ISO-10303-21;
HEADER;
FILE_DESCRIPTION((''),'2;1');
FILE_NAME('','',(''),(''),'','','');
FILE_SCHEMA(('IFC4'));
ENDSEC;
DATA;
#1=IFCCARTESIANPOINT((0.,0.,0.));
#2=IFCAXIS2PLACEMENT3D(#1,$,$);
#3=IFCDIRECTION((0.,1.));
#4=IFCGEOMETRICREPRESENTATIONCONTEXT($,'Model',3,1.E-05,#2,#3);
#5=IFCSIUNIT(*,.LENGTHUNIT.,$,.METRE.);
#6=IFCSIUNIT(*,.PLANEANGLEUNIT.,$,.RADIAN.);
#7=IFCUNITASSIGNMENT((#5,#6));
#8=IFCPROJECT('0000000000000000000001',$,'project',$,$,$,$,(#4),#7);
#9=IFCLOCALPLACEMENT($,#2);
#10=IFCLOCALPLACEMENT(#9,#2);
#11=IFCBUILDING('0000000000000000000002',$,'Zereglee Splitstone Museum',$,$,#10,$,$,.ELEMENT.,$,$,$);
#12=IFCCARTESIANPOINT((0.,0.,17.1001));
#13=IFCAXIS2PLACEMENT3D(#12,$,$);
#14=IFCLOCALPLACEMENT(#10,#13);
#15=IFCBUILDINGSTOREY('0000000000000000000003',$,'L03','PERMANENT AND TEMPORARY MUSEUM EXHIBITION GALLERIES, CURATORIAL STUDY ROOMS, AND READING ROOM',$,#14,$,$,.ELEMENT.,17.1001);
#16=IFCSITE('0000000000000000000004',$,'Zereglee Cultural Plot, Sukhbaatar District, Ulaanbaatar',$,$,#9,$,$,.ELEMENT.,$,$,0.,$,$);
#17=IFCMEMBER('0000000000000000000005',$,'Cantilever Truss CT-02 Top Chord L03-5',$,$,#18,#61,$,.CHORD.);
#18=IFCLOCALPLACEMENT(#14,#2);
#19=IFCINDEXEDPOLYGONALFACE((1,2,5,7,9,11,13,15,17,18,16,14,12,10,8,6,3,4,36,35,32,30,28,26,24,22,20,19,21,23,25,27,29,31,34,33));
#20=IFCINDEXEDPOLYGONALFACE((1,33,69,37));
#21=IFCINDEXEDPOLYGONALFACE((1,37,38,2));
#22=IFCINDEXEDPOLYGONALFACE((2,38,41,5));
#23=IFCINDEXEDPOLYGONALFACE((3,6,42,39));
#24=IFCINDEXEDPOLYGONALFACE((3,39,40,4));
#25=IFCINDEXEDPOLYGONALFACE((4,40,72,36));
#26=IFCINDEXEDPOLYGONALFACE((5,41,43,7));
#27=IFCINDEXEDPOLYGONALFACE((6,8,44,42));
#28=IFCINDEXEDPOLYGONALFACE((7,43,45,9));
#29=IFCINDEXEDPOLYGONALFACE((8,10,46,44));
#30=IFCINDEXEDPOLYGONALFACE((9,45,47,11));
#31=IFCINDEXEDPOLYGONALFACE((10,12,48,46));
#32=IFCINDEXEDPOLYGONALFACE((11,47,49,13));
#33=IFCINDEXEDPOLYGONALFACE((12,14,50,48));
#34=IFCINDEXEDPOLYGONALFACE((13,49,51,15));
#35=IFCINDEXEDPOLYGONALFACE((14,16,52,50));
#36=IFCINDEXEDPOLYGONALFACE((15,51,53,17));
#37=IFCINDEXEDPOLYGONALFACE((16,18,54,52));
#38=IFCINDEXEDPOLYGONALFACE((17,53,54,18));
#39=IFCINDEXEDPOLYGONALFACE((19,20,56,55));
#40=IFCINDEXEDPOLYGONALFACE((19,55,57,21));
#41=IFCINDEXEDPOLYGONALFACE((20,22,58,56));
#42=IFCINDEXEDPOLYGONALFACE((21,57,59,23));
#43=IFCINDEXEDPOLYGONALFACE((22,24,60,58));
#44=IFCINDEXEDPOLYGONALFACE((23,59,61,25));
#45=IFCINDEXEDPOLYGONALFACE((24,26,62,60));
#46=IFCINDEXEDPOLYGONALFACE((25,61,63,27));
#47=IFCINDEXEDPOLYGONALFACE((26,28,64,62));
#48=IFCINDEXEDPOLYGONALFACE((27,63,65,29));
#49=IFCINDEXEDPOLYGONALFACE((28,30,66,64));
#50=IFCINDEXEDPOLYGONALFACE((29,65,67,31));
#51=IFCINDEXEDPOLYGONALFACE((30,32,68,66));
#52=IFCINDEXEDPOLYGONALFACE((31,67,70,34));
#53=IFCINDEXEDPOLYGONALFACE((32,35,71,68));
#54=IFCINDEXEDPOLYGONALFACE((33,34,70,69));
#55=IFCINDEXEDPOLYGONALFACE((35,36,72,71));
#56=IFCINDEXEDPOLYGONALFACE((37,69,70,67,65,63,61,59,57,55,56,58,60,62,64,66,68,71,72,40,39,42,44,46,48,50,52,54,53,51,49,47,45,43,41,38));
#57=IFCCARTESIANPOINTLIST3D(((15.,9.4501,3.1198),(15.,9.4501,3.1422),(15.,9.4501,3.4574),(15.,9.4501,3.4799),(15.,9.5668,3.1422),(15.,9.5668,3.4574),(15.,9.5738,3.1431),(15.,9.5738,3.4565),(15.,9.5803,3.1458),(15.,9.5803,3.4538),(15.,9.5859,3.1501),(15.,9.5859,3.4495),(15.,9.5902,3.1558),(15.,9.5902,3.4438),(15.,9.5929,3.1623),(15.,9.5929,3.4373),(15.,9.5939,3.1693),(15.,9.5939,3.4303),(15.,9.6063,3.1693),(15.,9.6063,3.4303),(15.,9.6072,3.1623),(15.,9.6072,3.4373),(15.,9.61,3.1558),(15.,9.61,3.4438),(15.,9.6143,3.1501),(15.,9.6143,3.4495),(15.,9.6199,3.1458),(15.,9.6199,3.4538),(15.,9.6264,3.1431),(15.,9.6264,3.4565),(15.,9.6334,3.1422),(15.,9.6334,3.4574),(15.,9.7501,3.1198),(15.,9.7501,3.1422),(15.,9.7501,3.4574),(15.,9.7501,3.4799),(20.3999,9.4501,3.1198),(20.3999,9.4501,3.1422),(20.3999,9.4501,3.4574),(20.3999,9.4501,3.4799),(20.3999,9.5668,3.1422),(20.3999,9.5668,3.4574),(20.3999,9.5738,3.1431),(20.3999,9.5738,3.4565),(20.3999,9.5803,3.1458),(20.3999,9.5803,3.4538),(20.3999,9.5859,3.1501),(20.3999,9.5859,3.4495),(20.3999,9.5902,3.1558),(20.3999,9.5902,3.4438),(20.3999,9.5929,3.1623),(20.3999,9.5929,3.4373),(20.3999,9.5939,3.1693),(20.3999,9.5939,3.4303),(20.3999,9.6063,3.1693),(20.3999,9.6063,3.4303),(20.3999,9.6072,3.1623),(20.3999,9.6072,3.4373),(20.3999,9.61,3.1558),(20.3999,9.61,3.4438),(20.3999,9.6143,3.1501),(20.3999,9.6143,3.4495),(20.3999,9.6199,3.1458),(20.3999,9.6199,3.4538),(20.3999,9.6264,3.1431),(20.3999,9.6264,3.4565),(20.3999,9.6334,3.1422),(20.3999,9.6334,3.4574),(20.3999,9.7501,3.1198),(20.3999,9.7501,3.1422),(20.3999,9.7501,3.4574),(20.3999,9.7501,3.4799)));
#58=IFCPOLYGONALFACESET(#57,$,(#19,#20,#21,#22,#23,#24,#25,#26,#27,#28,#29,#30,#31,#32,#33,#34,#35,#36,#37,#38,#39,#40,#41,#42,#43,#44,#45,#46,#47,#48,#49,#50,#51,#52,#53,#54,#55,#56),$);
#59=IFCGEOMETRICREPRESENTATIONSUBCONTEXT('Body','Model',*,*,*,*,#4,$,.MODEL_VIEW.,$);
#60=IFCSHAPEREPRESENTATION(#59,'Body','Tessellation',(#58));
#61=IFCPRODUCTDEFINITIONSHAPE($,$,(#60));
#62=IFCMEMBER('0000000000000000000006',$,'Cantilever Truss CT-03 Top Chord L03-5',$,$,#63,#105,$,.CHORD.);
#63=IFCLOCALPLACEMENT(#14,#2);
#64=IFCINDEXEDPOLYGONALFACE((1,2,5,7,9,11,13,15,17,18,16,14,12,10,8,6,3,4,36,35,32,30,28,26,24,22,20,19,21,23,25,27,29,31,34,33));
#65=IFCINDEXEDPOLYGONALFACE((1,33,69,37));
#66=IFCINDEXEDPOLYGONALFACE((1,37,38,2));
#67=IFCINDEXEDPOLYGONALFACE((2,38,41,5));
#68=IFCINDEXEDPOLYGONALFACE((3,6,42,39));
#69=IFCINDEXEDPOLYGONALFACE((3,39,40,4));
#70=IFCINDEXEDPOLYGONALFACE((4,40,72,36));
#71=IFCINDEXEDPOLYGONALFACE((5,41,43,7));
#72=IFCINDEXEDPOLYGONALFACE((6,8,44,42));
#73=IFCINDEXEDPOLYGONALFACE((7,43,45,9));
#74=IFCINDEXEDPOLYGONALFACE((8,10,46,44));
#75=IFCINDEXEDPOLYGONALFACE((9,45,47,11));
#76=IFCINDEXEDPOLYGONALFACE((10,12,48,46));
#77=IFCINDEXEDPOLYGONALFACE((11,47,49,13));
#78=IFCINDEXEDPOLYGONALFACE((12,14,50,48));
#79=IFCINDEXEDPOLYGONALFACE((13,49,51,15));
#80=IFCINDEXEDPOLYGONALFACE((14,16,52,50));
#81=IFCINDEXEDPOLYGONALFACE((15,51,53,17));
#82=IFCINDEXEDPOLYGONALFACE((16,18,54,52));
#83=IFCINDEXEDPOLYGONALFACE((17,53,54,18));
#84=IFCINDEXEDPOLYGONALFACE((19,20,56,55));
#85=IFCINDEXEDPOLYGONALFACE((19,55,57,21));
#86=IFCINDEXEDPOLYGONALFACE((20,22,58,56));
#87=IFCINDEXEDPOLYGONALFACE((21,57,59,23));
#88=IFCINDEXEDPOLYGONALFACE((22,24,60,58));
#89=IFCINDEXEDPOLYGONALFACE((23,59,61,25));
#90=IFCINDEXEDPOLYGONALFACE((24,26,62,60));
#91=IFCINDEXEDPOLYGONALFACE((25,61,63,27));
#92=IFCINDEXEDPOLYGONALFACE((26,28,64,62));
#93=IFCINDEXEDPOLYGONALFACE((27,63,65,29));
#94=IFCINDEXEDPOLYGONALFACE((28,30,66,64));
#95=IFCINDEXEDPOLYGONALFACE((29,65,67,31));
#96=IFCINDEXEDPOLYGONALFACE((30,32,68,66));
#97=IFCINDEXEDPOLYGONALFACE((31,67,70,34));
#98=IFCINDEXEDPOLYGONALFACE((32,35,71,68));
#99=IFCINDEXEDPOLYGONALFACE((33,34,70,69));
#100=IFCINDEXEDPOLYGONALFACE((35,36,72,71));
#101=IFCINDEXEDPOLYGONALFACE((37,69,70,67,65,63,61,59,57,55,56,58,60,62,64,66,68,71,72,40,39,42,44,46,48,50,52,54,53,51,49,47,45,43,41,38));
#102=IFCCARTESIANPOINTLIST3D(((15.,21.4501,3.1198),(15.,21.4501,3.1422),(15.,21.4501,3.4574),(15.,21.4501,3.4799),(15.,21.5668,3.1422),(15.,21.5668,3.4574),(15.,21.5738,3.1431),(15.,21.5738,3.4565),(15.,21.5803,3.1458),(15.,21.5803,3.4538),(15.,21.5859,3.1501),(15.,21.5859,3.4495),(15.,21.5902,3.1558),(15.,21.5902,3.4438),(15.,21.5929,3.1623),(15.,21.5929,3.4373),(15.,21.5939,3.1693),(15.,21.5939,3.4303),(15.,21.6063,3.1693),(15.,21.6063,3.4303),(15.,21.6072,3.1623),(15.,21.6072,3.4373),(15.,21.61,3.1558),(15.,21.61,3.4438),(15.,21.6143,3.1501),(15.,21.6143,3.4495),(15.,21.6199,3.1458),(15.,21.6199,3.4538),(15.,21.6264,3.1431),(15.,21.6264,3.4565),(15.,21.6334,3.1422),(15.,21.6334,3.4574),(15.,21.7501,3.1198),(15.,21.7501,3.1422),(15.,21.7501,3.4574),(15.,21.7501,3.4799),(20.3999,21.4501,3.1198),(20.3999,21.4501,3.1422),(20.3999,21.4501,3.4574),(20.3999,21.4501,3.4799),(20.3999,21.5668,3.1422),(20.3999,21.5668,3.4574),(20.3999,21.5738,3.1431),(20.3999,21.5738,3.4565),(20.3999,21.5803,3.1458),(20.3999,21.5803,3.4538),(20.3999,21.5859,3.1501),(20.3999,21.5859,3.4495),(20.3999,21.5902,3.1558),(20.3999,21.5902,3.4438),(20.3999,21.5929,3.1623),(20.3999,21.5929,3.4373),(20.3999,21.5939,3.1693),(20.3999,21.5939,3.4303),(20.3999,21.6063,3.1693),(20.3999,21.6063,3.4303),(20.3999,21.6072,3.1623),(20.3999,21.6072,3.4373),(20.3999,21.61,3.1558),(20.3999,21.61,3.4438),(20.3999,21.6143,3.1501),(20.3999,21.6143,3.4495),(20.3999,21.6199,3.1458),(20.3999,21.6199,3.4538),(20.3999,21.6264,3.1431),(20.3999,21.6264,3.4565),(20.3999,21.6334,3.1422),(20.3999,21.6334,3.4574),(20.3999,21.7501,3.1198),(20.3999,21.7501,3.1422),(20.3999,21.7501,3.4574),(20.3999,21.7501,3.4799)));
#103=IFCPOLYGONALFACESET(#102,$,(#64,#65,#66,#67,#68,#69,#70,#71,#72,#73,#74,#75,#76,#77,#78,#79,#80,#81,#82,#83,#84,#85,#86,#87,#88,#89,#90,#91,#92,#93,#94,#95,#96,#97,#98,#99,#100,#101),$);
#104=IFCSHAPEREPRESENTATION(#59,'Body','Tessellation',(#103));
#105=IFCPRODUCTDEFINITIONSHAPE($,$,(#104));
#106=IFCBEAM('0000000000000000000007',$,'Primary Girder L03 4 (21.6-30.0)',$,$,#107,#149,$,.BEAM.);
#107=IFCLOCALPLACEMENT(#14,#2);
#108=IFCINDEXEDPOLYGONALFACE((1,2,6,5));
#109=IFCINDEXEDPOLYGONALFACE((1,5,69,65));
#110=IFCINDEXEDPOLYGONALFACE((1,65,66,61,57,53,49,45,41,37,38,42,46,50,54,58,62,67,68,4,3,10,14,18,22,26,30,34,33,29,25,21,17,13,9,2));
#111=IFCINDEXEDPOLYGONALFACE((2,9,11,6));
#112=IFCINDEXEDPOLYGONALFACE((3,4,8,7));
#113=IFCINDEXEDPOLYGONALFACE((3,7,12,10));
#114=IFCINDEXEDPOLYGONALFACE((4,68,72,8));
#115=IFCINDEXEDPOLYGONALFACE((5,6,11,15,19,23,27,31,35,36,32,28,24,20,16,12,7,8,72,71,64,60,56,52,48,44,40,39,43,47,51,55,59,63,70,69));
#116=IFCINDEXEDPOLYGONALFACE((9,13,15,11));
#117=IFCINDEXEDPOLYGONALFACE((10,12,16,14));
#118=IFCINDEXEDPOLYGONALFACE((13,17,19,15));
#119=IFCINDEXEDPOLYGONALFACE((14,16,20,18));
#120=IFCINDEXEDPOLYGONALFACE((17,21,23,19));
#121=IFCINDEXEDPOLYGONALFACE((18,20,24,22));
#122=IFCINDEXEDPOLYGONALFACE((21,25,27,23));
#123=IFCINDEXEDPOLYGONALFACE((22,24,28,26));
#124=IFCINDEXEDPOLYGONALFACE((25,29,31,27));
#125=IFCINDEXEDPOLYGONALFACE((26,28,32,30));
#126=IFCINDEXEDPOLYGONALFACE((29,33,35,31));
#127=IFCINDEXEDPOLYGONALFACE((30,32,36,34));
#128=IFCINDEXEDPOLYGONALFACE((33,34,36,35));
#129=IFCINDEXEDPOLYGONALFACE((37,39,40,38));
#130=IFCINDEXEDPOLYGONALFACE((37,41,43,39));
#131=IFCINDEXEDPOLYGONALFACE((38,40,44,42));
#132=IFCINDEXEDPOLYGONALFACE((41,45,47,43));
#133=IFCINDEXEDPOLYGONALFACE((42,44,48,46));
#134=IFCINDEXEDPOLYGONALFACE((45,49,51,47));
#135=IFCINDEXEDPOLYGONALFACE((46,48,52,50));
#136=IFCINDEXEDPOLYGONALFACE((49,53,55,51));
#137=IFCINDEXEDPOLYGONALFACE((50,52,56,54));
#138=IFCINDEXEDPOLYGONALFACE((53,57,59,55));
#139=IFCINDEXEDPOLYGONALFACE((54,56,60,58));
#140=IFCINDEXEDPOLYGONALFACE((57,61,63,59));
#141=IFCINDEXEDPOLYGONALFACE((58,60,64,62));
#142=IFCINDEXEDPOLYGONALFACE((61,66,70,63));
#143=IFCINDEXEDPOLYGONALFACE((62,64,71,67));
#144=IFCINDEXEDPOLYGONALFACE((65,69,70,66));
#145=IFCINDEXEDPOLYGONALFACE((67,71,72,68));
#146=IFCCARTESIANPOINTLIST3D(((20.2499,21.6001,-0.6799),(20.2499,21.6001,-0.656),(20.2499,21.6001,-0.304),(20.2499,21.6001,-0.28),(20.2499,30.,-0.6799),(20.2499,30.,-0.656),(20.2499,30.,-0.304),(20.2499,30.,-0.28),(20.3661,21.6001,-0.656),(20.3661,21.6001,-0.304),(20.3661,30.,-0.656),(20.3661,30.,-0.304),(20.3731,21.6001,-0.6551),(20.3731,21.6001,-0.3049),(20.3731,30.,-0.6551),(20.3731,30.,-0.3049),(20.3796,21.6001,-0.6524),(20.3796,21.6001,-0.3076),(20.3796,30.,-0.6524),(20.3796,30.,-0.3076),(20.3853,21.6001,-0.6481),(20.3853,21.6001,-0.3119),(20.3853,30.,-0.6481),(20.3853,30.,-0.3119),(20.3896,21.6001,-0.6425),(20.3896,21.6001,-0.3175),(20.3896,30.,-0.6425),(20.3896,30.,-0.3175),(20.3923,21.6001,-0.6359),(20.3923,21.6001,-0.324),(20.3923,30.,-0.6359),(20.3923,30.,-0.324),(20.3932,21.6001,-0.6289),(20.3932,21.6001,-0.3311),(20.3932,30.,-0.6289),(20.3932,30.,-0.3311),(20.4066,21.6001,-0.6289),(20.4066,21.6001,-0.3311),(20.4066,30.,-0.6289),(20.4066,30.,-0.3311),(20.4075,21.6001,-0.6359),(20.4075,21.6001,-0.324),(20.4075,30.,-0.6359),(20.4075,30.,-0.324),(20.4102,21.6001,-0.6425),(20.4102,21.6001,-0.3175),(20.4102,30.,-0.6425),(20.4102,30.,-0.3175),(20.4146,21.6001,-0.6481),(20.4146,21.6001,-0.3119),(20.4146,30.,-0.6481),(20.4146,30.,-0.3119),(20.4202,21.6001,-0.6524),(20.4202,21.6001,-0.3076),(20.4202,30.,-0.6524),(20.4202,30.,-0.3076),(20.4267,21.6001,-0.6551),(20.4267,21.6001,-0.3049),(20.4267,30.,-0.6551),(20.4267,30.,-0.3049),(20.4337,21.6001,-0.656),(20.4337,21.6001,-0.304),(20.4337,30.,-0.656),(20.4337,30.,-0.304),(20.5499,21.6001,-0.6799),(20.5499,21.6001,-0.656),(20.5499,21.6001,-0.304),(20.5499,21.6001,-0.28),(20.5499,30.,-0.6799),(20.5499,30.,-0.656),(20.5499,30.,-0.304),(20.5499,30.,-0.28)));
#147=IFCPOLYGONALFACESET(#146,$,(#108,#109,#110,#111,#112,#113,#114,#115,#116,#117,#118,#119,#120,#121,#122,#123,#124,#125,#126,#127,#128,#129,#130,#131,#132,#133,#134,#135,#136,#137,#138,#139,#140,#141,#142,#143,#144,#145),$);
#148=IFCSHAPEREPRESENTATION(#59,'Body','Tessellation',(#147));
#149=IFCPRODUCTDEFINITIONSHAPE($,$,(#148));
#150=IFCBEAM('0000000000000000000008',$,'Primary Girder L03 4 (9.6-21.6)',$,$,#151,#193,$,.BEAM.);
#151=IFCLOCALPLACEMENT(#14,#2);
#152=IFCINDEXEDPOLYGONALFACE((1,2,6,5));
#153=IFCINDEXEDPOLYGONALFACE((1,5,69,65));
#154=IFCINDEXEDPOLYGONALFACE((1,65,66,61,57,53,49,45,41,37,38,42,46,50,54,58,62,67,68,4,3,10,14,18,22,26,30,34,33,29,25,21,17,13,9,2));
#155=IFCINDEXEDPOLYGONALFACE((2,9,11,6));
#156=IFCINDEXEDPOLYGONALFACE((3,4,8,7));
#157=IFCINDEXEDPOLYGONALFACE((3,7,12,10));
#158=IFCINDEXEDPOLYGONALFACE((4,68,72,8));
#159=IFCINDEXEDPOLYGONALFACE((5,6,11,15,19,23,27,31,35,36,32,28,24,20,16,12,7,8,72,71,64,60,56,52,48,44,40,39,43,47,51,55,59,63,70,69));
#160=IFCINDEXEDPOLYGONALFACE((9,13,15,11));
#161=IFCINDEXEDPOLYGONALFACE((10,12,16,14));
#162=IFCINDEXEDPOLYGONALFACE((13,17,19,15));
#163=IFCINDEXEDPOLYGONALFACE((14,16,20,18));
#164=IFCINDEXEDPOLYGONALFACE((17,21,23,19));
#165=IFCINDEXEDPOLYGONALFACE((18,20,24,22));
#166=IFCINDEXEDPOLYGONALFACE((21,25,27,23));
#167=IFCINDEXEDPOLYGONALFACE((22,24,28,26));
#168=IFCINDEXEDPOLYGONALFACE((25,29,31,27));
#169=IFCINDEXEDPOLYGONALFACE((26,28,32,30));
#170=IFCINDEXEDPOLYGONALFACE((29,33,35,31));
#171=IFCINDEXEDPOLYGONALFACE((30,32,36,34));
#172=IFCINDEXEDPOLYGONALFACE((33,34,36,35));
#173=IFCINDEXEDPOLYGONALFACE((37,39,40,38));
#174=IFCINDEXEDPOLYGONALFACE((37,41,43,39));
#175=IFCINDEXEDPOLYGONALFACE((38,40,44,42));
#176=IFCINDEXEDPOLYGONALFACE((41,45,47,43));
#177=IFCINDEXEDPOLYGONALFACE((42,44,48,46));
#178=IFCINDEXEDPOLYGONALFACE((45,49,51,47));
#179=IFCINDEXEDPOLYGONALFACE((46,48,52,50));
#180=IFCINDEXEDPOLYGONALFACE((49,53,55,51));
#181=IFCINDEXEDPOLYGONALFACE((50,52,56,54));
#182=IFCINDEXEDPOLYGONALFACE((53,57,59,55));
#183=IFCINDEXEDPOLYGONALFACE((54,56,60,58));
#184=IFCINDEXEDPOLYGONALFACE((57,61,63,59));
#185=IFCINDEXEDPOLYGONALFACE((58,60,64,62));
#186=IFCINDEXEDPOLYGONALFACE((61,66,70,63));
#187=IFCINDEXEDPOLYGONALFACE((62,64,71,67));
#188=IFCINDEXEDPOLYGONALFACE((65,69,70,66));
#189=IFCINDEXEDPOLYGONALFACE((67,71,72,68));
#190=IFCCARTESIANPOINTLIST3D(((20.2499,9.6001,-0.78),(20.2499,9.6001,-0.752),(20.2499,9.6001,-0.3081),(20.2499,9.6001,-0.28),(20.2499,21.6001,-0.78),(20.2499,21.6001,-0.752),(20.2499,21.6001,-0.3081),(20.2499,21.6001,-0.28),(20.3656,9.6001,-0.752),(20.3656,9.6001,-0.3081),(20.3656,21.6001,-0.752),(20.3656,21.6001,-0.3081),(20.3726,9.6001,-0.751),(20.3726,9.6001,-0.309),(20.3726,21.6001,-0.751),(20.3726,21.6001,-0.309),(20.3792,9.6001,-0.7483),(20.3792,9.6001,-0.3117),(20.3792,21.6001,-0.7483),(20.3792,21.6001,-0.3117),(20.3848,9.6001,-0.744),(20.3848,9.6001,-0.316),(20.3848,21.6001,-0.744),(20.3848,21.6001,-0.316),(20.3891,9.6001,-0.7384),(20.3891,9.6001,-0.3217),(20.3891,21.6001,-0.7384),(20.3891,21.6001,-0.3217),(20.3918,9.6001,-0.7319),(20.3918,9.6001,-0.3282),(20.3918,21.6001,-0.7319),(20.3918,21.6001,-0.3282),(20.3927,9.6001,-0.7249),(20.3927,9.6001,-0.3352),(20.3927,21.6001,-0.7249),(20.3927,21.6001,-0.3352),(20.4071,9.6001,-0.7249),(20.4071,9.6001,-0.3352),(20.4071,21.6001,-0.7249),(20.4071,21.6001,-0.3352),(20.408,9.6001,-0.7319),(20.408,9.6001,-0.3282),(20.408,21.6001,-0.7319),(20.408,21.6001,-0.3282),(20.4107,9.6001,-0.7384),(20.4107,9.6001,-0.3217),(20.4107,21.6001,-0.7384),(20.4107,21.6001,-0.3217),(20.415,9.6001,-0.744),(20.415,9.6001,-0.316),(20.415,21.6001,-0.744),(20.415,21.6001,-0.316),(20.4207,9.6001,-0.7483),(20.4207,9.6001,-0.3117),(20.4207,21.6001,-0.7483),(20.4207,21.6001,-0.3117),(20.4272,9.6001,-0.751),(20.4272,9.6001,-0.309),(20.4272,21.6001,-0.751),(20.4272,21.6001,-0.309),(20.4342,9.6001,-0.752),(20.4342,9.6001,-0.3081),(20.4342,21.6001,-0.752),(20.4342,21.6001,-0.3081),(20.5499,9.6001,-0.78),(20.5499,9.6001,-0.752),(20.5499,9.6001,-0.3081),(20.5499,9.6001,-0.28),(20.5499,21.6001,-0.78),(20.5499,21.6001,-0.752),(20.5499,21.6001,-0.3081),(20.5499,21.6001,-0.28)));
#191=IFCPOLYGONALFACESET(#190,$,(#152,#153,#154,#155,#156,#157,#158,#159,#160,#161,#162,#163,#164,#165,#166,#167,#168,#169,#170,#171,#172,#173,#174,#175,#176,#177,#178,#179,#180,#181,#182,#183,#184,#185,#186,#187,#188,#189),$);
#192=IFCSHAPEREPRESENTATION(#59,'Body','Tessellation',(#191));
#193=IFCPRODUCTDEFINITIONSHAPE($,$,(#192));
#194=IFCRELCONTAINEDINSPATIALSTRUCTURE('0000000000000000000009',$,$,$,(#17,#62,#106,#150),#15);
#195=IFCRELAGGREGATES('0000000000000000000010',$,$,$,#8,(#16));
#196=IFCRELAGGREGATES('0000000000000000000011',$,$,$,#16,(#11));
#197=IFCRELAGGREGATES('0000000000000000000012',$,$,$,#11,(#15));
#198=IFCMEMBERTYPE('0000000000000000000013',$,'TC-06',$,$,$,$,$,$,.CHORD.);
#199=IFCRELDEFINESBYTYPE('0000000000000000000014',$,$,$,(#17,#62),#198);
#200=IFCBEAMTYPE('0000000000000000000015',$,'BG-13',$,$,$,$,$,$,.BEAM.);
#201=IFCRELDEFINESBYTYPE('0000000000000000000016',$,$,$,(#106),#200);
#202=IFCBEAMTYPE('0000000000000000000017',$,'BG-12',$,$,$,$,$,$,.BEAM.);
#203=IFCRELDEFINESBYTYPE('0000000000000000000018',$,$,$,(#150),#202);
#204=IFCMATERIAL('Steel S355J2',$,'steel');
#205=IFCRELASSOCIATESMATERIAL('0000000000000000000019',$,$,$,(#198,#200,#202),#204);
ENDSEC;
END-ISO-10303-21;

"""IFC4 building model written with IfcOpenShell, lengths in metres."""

from ifc_helpers import new_model, si_unit, direction, frame, origin, origin_2d, place, context, subcontext, project, spatial, i_section, extrude, material, material_profile, profile_set, type_object, element, save


model = new_model("IFC4")

# Units and contexts
model_context = context("Model", 3, precision=1e-05, world=origin(), true_north=direction((0.0, 1.0)))
body_context = subcontext(model_context, "Body", "Model", "MODEL_VIEW")
ifc_project = project(units=[si_unit("LENGTHUNIT", "METRE"), si_unit("PLANEANGLEUNIT", "RADIAN")], contexts=[model_context])

# Site, building, storey
site_placement = place(None, origin())
site = spatial("IfcSite", under=ifc_project, at=site_placement, Name="Zereglee Cultural Plot, Sukhbaatar District, Ulaanbaatar", CompositionType="ELEMENT", RefElevation=0.0)
building_placement = place(site_placement, origin())
building = spatial("IfcBuilding", under=site, at=building_placement, Name="Zereglee Splitstone Museum", CompositionType="ELEMENT")
storey_placement = place(building_placement, frame((0.0, 0.0, 17.1001)))
storey = spatial("IfcBuildingStorey", under=building, at=storey_placement, Name="L03", Description="PERMANENT AND TEMPORARY MUSEUM EXHIBITION GALLERIES, CURATORIAL STUDY ROOMS, AND READING ROOM", CompositionType="ELEMENT", Elevation=17.1001)

# Shared definitions
ifc_material_1 = material(Name="Steel S355J2", Category="steel")

# Members
ifc_material_profile_1 = material_profile(ifc_material_1, i_section(OverallWidth=0.3, OverallDepth=0.3601, WebThickness=0.0125, FlangeThickness=0.0225, FilletRadius=0.0271, at=origin_2d()), Name="HE 360 B")
ifc_profile_set_1 = profile_set([ifc_material_profile_1], Name="Steel S355J2")
member_type_1 = type_object("IfcMemberType", Name="TC-06", PredefinedType="CHORD", material=ifc_profile_set_1)
for number, where, z_axis, x_axis, name in (
    (1, (15.0, 9.6001, 3.2998), (1.0, 0.0, 0.0), (0.0, 1.0, 0.0), "Cantilever Truss CT-02 Top Chord L03-5"),
    (2, (15.0, 21.6001, 3.2998), (1.0, 0.0, 0.0), (0.0, 1.0, 0.0), "Cantilever Truss CT-03 Top Chord L03-5"),
):
    element("IfcMember", number, at=place(storey_placement, frame(where, z_axis=z_axis, x_axis=x_axis)), inside=storey, type_object=member_type_1, Name=name, PredefinedType="CHORD", context=body_context, shape_type="SweptSolid", body=[
        extrude(i_section(OverallWidth=0.3, OverallDepth=0.3601, WebThickness=0.0125, FlangeThickness=0.0225, FilletRadius=0.0271, at=origin_2d()), origin(), (0.0, 0.0, 1.0), 5.3999),
    ])

# Beams
ifc_material_profile_2 = material_profile(ifc_material_1, i_section(OverallWidth=0.3, OverallDepth=0.3999, WebThickness=0.0134, FlangeThickness=0.0239, FilletRadius=0.0271, at=origin_2d()), Name="HE 400 B")
ifc_profile_set_2 = profile_set([ifc_material_profile_2], Name="Steel S355J2")
beam_type_1 = type_object("IfcBeamType", Name="BG-13", PredefinedType="BEAM", material=ifc_profile_set_2)
beam_1_placement = place(storey_placement, frame((20.3999, 21.6001, -0.48), z_axis=(0.0, 1.0, 0.0), x_axis=(-1.0, 0.0, 0.0)))
element("IfcBeam", 3, at=beam_1_placement, inside=storey, type_object=beam_type_1, Name="Primary Girder L03 4 (21.6-30.0)", PredefinedType="BEAM", context=body_context, shape_type="SweptSolid", body=[
    extrude(i_section(OverallWidth=0.3, OverallDepth=0.3999, WebThickness=0.0134, FlangeThickness=0.0239, FilletRadius=0.0271, at=origin_2d()), origin(), (0.0, 0.0, 1.0), 8.3999),
])
ifc_material_profile_3 = material_profile(ifc_material_1, i_section(OverallWidth=0.3, OverallDepth=0.5, WebThickness=0.0144, FlangeThickness=0.0281, FilletRadius=0.0271, at=origin_2d()), Name="HE 500 B")
ifc_profile_set_3 = profile_set([ifc_material_profile_3], Name="Steel S355J2")
beam_type_2 = type_object("IfcBeamType", Name="BG-12", PredefinedType="BEAM", material=ifc_profile_set_3)
beam_2_placement = place(storey_placement, frame((20.3999, 9.6001, -0.53), z_axis=(0.0, 1.0, 0.0), x_axis=(-1.0, 0.0, 0.0)))
element("IfcBeam", 4, at=beam_2_placement, inside=storey, type_object=beam_type_2, Name="Primary Girder L03 4 (9.6-21.6)", PredefinedType="BEAM", context=body_context, shape_type="SweptSolid", body=[
    extrude(i_section(OverallWidth=0.3, OverallDepth=0.5, WebThickness=0.0144, FlangeThickness=0.0281, FilletRadius=0.0271, at=origin_2d()), origin(), (0.0, 0.0, 1.0), 12.0),
])

save(model, "model.ifc")
